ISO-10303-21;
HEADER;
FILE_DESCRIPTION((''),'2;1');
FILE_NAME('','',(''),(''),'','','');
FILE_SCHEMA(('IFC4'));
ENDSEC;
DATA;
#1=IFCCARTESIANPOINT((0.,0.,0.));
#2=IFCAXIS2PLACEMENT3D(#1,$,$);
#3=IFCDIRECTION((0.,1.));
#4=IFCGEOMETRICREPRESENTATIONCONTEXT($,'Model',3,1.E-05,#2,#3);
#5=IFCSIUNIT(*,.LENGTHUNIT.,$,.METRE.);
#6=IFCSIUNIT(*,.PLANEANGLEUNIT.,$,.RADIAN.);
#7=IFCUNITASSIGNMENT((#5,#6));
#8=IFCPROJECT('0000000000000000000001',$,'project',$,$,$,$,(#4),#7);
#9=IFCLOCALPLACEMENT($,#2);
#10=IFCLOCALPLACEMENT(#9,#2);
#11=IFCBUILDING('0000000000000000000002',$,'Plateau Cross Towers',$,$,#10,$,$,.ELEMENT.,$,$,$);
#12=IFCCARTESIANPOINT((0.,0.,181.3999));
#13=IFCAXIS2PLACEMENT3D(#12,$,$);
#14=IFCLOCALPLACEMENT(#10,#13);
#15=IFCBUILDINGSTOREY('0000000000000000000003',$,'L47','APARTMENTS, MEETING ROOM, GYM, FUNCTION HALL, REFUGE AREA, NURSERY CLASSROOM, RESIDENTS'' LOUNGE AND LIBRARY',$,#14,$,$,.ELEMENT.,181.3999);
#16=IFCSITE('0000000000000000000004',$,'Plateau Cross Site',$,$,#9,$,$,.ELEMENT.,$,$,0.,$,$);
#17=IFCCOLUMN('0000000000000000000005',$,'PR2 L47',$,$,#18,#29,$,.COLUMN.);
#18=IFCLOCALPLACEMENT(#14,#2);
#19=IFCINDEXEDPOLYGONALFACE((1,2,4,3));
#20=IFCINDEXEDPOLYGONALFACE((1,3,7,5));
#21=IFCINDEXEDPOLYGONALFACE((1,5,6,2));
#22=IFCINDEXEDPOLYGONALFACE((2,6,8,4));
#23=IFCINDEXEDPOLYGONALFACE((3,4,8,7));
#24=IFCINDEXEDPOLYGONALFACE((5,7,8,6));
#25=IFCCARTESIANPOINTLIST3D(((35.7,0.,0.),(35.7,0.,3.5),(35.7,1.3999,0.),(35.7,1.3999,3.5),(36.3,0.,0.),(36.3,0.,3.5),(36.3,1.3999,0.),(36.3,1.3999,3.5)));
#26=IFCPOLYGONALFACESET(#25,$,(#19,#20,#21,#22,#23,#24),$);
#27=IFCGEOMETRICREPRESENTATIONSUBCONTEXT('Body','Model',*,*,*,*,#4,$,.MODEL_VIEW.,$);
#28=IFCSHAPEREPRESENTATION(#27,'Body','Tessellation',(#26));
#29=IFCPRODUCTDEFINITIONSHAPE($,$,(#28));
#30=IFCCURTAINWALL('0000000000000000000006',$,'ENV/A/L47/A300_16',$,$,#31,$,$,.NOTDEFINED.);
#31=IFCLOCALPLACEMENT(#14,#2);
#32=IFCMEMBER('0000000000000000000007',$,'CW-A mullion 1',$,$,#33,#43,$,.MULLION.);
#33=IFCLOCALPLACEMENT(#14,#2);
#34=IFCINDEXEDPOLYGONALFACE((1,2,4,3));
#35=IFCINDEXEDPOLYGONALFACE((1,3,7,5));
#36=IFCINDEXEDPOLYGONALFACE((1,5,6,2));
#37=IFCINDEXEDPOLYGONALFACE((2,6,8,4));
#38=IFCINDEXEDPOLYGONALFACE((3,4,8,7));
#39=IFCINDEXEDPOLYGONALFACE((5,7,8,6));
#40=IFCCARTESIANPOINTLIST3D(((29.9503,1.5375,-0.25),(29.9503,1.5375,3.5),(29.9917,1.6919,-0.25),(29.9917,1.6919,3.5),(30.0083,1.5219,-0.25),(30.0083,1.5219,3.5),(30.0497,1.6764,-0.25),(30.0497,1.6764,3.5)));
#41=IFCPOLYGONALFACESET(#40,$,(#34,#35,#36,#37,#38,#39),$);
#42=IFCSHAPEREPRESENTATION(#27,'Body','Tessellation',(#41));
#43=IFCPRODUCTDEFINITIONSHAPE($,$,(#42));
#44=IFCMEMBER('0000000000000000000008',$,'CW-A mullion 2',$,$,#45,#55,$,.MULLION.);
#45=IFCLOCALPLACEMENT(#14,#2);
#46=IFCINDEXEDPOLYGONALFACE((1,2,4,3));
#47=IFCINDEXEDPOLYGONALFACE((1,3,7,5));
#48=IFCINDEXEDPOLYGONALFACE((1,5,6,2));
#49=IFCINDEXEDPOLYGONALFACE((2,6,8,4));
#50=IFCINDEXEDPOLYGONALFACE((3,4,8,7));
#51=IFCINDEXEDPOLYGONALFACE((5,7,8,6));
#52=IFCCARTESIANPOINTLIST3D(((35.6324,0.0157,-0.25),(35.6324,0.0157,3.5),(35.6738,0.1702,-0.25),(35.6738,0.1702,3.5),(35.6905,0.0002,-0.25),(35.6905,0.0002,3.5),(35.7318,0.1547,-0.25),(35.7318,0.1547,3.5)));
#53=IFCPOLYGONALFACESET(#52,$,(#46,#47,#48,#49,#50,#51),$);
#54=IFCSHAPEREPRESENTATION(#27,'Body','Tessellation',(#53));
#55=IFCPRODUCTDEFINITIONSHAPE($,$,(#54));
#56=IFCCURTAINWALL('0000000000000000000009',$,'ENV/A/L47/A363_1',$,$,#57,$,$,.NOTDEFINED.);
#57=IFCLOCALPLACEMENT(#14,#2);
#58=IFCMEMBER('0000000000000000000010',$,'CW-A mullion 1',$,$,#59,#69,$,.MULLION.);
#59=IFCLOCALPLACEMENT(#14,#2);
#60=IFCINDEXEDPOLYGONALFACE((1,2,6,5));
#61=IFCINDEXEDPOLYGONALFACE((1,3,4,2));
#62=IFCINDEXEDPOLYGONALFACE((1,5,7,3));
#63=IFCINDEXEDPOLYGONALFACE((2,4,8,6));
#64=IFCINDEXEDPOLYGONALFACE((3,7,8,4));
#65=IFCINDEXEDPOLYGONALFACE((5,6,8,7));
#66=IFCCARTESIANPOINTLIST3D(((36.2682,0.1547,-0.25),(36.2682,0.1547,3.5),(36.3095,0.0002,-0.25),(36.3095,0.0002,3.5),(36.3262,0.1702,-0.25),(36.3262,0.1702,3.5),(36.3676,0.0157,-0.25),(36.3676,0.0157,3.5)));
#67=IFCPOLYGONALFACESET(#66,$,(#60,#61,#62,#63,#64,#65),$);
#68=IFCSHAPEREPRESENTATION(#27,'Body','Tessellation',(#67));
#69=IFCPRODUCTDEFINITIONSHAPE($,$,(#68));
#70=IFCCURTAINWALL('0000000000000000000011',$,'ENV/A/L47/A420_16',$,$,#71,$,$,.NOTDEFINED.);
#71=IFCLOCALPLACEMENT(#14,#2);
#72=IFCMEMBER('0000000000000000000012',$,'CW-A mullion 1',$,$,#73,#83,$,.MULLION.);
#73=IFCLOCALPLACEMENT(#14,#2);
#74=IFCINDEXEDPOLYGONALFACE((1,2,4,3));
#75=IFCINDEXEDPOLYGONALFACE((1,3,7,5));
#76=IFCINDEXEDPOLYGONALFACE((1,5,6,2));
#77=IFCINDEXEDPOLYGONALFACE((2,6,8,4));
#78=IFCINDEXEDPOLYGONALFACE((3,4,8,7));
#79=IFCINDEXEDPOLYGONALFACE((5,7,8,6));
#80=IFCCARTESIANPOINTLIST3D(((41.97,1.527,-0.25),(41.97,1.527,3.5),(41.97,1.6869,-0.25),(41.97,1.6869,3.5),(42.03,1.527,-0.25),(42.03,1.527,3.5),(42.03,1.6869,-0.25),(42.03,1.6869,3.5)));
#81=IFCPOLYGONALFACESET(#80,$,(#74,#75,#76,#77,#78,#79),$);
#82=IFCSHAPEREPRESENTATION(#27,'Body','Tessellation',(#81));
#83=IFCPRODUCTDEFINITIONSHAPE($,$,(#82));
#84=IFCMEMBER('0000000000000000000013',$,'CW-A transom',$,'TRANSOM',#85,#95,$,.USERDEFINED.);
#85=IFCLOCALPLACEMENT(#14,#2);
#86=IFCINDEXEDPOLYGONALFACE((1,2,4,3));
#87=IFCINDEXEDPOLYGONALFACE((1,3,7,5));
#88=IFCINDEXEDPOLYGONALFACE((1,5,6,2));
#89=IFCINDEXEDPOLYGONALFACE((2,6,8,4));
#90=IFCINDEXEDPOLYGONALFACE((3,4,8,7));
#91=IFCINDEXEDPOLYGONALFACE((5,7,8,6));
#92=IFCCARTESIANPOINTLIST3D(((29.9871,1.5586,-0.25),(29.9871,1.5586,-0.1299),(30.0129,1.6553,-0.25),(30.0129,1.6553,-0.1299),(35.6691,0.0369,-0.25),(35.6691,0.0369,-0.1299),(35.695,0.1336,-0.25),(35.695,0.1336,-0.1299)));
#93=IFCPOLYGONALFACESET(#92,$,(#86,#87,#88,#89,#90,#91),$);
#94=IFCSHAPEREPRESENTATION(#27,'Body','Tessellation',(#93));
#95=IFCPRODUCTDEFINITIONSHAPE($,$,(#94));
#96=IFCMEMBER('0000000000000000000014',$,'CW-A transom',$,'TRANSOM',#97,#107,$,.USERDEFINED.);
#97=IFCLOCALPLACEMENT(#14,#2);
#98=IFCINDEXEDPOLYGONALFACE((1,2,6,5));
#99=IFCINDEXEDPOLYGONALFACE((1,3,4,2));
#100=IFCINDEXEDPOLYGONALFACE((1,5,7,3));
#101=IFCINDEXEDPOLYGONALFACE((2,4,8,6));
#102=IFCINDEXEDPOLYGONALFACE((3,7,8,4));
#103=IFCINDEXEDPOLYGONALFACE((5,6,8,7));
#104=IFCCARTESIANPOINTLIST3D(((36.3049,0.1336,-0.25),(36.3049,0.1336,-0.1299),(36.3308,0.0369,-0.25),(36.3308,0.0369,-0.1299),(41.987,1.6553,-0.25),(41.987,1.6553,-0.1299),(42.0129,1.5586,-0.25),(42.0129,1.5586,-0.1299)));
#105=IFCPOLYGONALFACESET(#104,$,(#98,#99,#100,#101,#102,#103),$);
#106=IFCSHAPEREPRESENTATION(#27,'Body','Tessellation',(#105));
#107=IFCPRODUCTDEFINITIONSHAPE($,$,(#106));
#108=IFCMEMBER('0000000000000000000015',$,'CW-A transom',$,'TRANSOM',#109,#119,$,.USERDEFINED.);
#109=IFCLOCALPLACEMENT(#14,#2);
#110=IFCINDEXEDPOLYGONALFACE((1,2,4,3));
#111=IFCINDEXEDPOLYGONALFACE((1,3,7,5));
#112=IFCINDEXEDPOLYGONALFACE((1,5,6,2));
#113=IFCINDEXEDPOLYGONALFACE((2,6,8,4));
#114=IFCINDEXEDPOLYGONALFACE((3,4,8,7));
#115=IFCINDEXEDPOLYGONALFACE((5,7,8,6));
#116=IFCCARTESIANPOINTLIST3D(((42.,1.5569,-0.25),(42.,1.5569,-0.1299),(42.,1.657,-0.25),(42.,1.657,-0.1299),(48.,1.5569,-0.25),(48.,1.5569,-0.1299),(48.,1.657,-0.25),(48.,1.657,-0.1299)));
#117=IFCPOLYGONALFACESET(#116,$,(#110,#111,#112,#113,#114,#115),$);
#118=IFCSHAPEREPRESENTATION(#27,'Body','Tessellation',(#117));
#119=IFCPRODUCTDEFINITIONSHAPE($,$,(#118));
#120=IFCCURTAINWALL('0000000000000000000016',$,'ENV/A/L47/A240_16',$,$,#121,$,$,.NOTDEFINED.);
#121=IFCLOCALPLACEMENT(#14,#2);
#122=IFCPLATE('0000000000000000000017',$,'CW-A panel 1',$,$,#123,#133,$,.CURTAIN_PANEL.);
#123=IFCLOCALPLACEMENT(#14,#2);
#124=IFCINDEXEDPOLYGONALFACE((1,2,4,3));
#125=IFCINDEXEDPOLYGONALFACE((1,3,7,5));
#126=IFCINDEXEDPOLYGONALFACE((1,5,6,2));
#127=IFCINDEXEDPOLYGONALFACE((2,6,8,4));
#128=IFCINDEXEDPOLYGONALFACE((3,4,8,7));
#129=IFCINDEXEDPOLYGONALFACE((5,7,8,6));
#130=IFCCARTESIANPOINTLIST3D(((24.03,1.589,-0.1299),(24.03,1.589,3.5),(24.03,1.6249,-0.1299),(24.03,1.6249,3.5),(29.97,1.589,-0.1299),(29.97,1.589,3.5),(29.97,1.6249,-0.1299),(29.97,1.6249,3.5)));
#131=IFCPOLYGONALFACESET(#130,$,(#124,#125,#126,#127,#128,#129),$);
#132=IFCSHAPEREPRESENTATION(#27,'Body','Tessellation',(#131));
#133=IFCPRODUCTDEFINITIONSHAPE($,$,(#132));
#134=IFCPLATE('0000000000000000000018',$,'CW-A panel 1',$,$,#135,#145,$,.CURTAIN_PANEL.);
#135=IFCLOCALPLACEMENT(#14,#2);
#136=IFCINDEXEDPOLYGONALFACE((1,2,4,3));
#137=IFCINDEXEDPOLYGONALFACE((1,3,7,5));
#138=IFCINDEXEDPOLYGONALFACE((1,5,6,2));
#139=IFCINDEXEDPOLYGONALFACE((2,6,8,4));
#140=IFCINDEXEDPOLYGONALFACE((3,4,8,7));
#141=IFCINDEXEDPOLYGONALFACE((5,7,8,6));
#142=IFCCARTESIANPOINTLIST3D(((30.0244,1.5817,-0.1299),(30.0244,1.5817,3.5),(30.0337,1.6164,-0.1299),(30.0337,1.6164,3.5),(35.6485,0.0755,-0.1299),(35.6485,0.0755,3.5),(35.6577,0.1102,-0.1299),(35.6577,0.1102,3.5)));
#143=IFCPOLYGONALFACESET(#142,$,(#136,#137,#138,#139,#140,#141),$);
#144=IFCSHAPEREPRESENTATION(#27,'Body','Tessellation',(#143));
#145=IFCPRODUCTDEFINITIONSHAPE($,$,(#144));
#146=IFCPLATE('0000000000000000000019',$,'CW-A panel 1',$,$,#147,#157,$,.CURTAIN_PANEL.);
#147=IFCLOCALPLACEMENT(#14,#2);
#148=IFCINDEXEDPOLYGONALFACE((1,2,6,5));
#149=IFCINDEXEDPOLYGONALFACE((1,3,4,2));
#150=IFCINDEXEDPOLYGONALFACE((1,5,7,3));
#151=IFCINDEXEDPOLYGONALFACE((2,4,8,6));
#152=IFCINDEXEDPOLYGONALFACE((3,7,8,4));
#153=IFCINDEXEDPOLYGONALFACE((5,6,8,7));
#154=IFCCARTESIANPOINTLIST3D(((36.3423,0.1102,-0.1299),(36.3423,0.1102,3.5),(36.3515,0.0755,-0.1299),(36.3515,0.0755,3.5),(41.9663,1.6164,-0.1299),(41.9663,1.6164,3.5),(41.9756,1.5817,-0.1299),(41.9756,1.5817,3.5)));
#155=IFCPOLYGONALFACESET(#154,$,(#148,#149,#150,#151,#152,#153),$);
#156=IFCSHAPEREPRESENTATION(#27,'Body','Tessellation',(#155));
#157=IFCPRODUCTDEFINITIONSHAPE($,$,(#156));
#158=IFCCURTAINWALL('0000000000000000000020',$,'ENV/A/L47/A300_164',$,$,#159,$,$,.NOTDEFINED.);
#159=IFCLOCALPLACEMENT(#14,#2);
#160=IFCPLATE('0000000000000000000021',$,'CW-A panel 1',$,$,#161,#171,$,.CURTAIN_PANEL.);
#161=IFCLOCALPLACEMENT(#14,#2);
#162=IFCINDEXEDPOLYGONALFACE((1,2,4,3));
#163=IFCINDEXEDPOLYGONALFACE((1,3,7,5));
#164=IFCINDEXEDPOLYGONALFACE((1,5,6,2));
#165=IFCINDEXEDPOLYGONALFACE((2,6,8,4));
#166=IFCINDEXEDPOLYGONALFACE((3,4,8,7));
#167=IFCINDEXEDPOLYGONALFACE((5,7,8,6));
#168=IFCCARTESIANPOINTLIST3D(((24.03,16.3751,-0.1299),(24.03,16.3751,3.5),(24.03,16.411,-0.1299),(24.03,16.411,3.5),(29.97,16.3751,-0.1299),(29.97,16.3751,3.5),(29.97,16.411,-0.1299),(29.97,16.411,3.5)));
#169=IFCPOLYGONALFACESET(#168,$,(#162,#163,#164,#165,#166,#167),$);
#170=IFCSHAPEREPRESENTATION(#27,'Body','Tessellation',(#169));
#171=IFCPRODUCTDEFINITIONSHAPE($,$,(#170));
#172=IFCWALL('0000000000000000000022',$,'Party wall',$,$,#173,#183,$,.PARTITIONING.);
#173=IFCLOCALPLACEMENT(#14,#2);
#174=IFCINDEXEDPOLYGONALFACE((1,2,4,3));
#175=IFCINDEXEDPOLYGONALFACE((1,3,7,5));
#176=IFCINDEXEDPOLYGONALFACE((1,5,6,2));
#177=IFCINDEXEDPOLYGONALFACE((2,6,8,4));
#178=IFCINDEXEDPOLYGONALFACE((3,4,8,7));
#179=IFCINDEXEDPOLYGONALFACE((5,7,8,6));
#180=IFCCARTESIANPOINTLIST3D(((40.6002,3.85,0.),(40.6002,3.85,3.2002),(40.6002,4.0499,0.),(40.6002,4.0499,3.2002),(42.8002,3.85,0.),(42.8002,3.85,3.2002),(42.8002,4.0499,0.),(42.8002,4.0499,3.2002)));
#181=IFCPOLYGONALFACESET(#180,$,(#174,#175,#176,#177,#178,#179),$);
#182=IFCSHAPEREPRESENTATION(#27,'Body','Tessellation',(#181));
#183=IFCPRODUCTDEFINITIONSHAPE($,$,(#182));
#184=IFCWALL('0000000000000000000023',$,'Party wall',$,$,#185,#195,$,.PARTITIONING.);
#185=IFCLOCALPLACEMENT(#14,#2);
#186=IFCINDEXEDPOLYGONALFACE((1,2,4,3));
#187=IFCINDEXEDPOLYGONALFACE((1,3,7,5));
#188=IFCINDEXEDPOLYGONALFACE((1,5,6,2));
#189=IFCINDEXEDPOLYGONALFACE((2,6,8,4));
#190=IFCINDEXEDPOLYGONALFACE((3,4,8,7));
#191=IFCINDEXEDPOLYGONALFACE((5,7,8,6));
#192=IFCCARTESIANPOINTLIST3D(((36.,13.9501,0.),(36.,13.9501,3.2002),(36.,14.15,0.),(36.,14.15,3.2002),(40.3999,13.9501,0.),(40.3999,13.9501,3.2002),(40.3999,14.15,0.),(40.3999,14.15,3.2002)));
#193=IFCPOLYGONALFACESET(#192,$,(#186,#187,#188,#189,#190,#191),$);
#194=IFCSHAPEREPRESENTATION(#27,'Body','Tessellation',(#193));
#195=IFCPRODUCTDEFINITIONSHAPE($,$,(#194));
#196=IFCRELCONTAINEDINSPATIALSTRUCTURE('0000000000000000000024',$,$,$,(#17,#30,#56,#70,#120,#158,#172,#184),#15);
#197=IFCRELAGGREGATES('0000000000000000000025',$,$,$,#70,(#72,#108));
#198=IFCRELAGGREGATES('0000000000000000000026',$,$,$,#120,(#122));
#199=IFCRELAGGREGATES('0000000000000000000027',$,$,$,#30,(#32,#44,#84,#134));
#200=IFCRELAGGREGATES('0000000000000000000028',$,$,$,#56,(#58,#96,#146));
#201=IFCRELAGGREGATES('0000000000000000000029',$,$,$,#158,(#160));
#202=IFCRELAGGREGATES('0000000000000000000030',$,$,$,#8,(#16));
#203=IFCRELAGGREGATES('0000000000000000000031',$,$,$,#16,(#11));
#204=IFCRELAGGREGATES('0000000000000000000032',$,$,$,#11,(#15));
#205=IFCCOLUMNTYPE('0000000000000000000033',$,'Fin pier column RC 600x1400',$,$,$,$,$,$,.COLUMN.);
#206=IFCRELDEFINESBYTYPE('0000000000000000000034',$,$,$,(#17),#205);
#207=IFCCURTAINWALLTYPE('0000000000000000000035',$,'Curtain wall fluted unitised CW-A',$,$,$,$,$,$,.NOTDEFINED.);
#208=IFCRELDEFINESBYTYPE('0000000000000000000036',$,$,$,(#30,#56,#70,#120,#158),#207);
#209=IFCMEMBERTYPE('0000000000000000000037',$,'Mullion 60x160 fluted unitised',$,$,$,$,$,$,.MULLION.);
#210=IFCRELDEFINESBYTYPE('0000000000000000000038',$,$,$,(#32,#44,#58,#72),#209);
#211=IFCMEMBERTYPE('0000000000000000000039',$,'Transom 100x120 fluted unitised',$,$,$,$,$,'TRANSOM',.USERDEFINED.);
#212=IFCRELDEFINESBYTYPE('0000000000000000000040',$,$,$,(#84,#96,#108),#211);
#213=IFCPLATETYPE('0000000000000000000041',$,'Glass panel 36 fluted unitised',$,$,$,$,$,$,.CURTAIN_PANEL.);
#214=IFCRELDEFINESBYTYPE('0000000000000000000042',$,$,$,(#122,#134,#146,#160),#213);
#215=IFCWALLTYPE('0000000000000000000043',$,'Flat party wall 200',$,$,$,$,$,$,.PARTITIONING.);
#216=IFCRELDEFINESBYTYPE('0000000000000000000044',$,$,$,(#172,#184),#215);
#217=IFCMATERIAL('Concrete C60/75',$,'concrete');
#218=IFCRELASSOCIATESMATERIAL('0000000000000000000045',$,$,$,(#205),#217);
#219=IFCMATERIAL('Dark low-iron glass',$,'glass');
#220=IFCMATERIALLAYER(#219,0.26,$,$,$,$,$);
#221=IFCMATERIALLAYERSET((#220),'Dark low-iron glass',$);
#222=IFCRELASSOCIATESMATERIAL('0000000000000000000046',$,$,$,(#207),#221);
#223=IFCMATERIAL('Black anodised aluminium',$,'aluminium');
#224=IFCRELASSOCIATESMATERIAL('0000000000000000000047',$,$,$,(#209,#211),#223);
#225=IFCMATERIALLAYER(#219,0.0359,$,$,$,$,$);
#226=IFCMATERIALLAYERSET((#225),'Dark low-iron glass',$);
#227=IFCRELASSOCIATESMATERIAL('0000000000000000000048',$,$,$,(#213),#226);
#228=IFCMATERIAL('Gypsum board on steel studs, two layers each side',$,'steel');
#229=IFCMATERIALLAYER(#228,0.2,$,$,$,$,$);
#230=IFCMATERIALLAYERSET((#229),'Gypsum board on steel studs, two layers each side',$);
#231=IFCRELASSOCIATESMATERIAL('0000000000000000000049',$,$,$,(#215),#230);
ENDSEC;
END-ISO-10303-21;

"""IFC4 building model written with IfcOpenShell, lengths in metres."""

from ifc_helpers import new_model, si_unit, direction, frame, frame_2d, origin, origin_2d, place, context, subcontext, project, spatial, rectangle, extrude, material, layer, layer_set, material_profile, profile_set, type_object, element, aggregate, save


model = new_model("IFC4")

# Units and contexts
model_context = context("Model", 3, precision=1e-05, world=origin(), true_north=direction((0.0, 1.0)))
body_context = subcontext(model_context, "Body", "Model", "MODEL_VIEW")
ifc_project = project(units=[si_unit("LENGTHUNIT", "METRE"), si_unit("PLANEANGLEUNIT", "RADIAN")], contexts=[model_context])

# Site, building, storey
site_placement = place(None, origin())
site = spatial("IfcSite", under=ifc_project, at=site_placement, Name="Plateau Cross Site", CompositionType="ELEMENT", RefElevation=0.0)
building_placement = place(site_placement, origin())
building = spatial("IfcBuilding", under=site, at=building_placement, Name="Plateau Cross Towers", CompositionType="ELEMENT")
storey_placement = place(building_placement, frame((0.0, 0.0, 181.3999)))
storey = spatial("IfcBuildingStorey", under=building, at=storey_placement, Name="L47", Description="APARTMENTS, MEETING ROOM, GYM, FUNCTION HALL, REFUGE AREA, NURSERY CLASSROOM, RESIDENTS' LOUNGE AND LIBRARY", CompositionType="ELEMENT", Elevation=181.3999)

# Column
ifc_material_1 = material(Name="Concrete C60/75", Category="concrete")
ifc_material_profile_1 = material_profile(ifc_material_1, rectangle(XDim=0.6001, YDim=1.3999, at=origin_2d()), Name="RC 600x1400")
ifc_profile_set_1 = profile_set([ifc_material_profile_1], Name="Concrete C60/75")
column_type = type_object("IfcColumnType", Name="Fin pier column RC 600x1400", PredefinedType="COLUMN", material=ifc_profile_set_1)
column_placement = place(storey_placement, frame((36.0, 0.7, 0.0), z_axis=(0.0, 0.0, 1.0), x_axis=(1.0, 0.0, 0.0)))
element("IfcColumn", 1, at=column_placement, inside=storey, type_object=column_type, Name="PR2 L47", PredefinedType="COLUMN", context=body_context, shape_type="SweptSolid", body=[
    extrude(rectangle(XDim=0.6001, YDim=1.3999, at=origin_2d()), origin(), (0.0, 0.0, 1.0), 3.5),
])

# Curtain wall, members
ifc_material_2 = material(Name="Dark low-iron glass", Category="glass")
ifc_layer_1 = layer(ifc_material_2, 0.26)
ifc_layer_set_1 = layer_set([ifc_layer_1], Name="Dark low-iron glass")
curtain_wall_type = type_object("IfcCurtainWallType", Name="Curtain wall fluted unitised CW-A", PredefinedType="NOTDEFINED", material=ifc_layer_set_1)
curtain_wall_1_placement = place(storey_placement, origin())
curtain_wall_1 = element("IfcCurtainWall", 2, at=curtain_wall_1_placement, inside=storey, type_object=curtain_wall_type, Name="ENV/A/L47/A300_16", PredefinedType="NOTDEFINED")
ifc_material_3 = material(Name="Black anodised aluminium", Category="aluminium")
ifc_material_profile_2 = material_profile(ifc_material_3, rectangle(XDim=0.0601, YDim=0.1599, at=origin_2d()), Name="MULLION 60x160")
ifc_profile_set_2 = profile_set([ifc_material_profile_2], Name="Black anodised aluminium")
member_type_1 = type_object("IfcMemberType", Name="Mullion 60x160 fluted unitised", PredefinedType="MULLION", material=ifc_profile_set_2)
member_1_placement = place(storey_placement, frame((30.0, 1.6069, -0.25), z_axis=(0.0, 0.0, 1.0), x_axis=(0.965958, -0.258699, 0.0)))
member_1 = element("IfcMember", 3, at=member_1_placement, type_object=member_type_1, Name="CW-A mullion 1", PredefinedType="MULLION", context=body_context, shape_type="SweptSolid", body=[
    extrude(rectangle(XDim=0.0601, YDim=0.1599, at=origin_2d()), origin(), (0.0, 0.0, 1.0), 3.75),
])
member_2_placement = place(storey_placement, frame((35.6821, 0.0852, -0.25), z_axis=(0.0, 0.0, 1.0), x_axis=(0.965958, -0.258699, 0.0)))
member_2 = element("IfcMember", 4, at=member_2_placement, type_object=member_type_1, Name="CW-A mullion 2", PredefinedType="MULLION", context=body_context, shape_type="SweptSolid", body=[
    extrude(rectangle(XDim=0.0601, YDim=0.1599, at=origin_2d()), origin(), (0.0, 0.0, 1.0), 3.75),
])

# Curtain walls, members
curtain_wall_2_placement = place(storey_placement, origin())
curtain_wall_2 = element("IfcCurtainWall", 5, at=curtain_wall_2_placement, inside=storey, type_object=curtain_wall_type, Name="ENV/A/L47/A363_1", PredefinedType="NOTDEFINED")
member_3_placement = place(storey_placement, frame((36.3179, 0.0852, -0.25), z_axis=(0.0, 0.0, 1.0), x_axis=(0.965958, 0.258699, 0.0)))
member_3 = element("IfcMember", 6, at=member_3_placement, type_object=member_type_1, Name="CW-A mullion 1", PredefinedType="MULLION", context=body_context, shape_type="SweptSolid", body=[
    extrude(rectangle(XDim=0.0601, YDim=0.1599, at=origin_2d()), origin(), (0.0, 0.0, 1.0), 3.75),
])
curtain_wall_3_placement = place(storey_placement, origin())
curtain_wall_3 = element("IfcCurtainWall", 7, at=curtain_wall_3_placement, inside=storey, type_object=curtain_wall_type, Name="ENV/A/L47/A420_16", PredefinedType="NOTDEFINED")
member_4_placement = place(storey_placement, frame((42.0, 1.6069, -0.25), z_axis=(0.0, 0.0, 1.0), x_axis=(1.0, 0.0, 0.0)))
member_4 = element("IfcMember", 8, at=member_4_placement, type_object=member_type_1, Name="CW-A mullion 1", PredefinedType="MULLION", context=body_context, shape_type="SweptSolid", body=[
    extrude(rectangle(XDim=0.0601, YDim=0.1599, at=origin_2d()), origin(), (0.0, 0.0, 1.0), 3.75),
])

# Members
ifc_material_profile_3 = material_profile(ifc_material_3, rectangle(XDim=0.1001, YDim=0.1201, at=origin_2d()), Name="TRANSOM 100x120")
ifc_profile_set_3 = profile_set([ifc_material_profile_3], Name="Black anodised aluminium")
member_type_2 = type_object("IfcMemberType", Name="Transom 100x120 fluted unitised", ElementType="TRANSOM", PredefinedType="USERDEFINED", material=ifc_profile_set_3)
member_5_placement = place(storey_placement, frame((30.0, 1.6069, -0.1899), z_axis=(0.96596, -0.258693, 0.0), x_axis=(0.258693, 0.96596, 0.0)))
member_5 = element("IfcMember", 9, at=member_5_placement, type_object=member_type_2, Name="CW-A transom", ObjectType="TRANSOM", PredefinedType="USERDEFINED", context=body_context, shape_type="SweptSolid", body=[
    extrude(rectangle(XDim=0.1001, YDim=0.1201, at=origin_2d()), origin(), (0.0, 0.0, 1.0), 5.8823),
])
member_6_placement = place(storey_placement, frame((36.3179, 0.0852, -0.1899), z_axis=(0.96596, 0.258693, 0.0), x_axis=(-0.258693, 0.96596, 0.0)))
member_6 = element("IfcMember", 10, at=member_6_placement, type_object=member_type_2, Name="CW-A transom", ObjectType="TRANSOM", PredefinedType="USERDEFINED", context=body_context, shape_type="SweptSolid", body=[
    extrude(rectangle(XDim=0.1001, YDim=0.1201, at=origin_2d()), origin(), (0.0, 0.0, 1.0), 5.8823),
])
member_7_placement = place(storey_placement, frame((42.0, 1.6069, -0.1899), z_axis=(1.0, 0.0, 0.0), x_axis=(0.0, 1.0, 0.0)))
member_7 = element("IfcMember", 11, at=member_7_placement, type_object=member_type_2, Name="CW-A transom", ObjectType="TRANSOM", PredefinedType="USERDEFINED", context=body_context, shape_type="SweptSolid", body=[
    extrude(rectangle(XDim=0.1001, YDim=0.1201, at=origin_2d()), origin(), (0.0, 0.0, 1.0), 6.0),
])
aggregate(curtain_wall_3, [member_4, member_7])

# Curtain wall, plate
curtain_wall_4_placement = place(storey_placement, origin())
curtain_wall_4 = element("IfcCurtainWall", 12, at=curtain_wall_4_placement, inside=storey, type_object=curtain_wall_type, Name="ENV/A/L47/A240_16", PredefinedType="NOTDEFINED")
ifc_layer_2 = layer(ifc_material_2, 0.0359)
ifc_layer_set_2 = layer_set([ifc_layer_2], Name="Dark low-iron glass")
plate_type = type_object("IfcPlateType", Name="Glass panel 36 fluted unitised", PredefinedType="CURTAIN_PANEL", material=ifc_layer_set_2)
plate_1_placement = place(storey_placement, frame((27.0, 1.6069, -0.1299), z_axis=(0.0, 0.0, 1.0), x_axis=(1.0, 0.0, 0.0)))
plate_1 = element("IfcPlate", 13, at=plate_1_placement, type_object=plate_type, Name="CW-A panel 1", PredefinedType="CURTAIN_PANEL", context=body_context, shape_type="SweptSolid", body=[
    extrude(rectangle(XDim=5.9399, YDim=0.0359, at=origin_2d()), origin(), (0.0, 0.0, 1.0), 3.6299),
])
aggregate(curtain_wall_4, [plate_1])

# Plates
plate_2_placement = place(storey_placement, frame((32.8411, 0.8459, -0.1299), z_axis=(0.0, 0.0, 1.0), x_axis=(0.965958, -0.258699, 0.0)))
plate_2 = element("IfcPlate", 14, at=plate_2_placement, type_object=plate_type, Name="CW-A panel 1", PredefinedType="CURTAIN_PANEL", context=body_context, shape_type="SweptSolid", body=[
    extrude(rectangle(XDim=5.8223, YDim=0.0359, at=origin_2d()), origin(), (0.0, 0.0, 1.0), 3.6299),
])
aggregate(curtain_wall_1, [member_1, member_2, member_5, plate_2])
plate_3_placement = place(storey_placement, frame((39.1589, 0.8459, -0.1299), z_axis=(0.0, 0.0, 1.0), x_axis=(0.965958, 0.258699, 0.0)))
plate_3 = element("IfcPlate", 15, at=plate_3_placement, type_object=plate_type, Name="CW-A panel 1", PredefinedType="CURTAIN_PANEL", context=body_context, shape_type="SweptSolid", body=[
    extrude(rectangle(XDim=5.8223, YDim=0.0359, at=origin_2d()), origin(), (0.0, 0.0, 1.0), 3.6299),
])
aggregate(curtain_wall_2, [member_3, member_6, plate_3])

# Curtain wall, plate
curtain_wall_5_placement = place(storey_placement, origin())
curtain_wall_5 = element("IfcCurtainWall", 16, at=curtain_wall_5_placement, inside=storey, type_object=curtain_wall_type, Name="ENV/A/L47/A300_164", PredefinedType="NOTDEFINED")
plate_4_placement = place(storey_placement, frame((27.0, 16.3931, -0.1299), z_axis=(0.0, 0.0, 1.0), x_axis=(-1.0, 0.0, 0.0)))
plate_4 = element("IfcPlate", 17, at=plate_4_placement, type_object=plate_type, Name="CW-A panel 1", PredefinedType="CURTAIN_PANEL", context=body_context, shape_type="SweptSolid", body=[
    extrude(rectangle(XDim=5.9399, YDim=0.0359, at=origin_2d()), origin(), (0.0, 0.0, 1.0), 3.6299),
])
aggregate(curtain_wall_5, [plate_4])

# Walls
ifc_material_4 = material(Name="Gypsum board on steel studs, two layers each side", Category="steel")
ifc_layer_3 = layer(ifc_material_4, 0.2)
ifc_layer_set_3 = layer_set([ifc_layer_3], Name="Gypsum board on steel studs, two layers each side")
wall_type = type_object("IfcWallType", Name="Flat party wall 200", PredefinedType="PARTITIONING", material=ifc_layer_set_3)
wall_1_placement = place(storey_placement, frame((40.6001, 3.95, 0.0), z_axis=(0.0, 0.0, 1.0), x_axis=(1.0, 0.0, 0.0)))
element("IfcWall", 18, at=wall_1_placement, inside=storey, type_object=wall_type, Name="Party wall", PredefinedType="PARTITIONING", context=body_context, shape_type="SweptSolid", body=[
    extrude(rectangle(XDim=2.2, YDim=0.2, at=frame_2d((1.1001, 0.0))), origin(), (0.0, 0.0, 1.0), 3.2002),
])
wall_2_placement = place(storey_placement, frame((36.0, 14.05, 0.0), z_axis=(0.0, 0.0, 1.0), x_axis=(1.0, 0.0, 0.0)))
element("IfcWall", 19, at=wall_2_placement, inside=storey, type_object=wall_type, Name="Party wall", PredefinedType="PARTITIONING", context=body_context, shape_type="SweptSolid", body=[
    extrude(rectangle(XDim=4.3999, YDim=0.2, at=frame_2d((2.2, 0.0))), origin(), (0.0, 0.0, 1.0), 3.2002),
])

save(model, "model.ifc")
